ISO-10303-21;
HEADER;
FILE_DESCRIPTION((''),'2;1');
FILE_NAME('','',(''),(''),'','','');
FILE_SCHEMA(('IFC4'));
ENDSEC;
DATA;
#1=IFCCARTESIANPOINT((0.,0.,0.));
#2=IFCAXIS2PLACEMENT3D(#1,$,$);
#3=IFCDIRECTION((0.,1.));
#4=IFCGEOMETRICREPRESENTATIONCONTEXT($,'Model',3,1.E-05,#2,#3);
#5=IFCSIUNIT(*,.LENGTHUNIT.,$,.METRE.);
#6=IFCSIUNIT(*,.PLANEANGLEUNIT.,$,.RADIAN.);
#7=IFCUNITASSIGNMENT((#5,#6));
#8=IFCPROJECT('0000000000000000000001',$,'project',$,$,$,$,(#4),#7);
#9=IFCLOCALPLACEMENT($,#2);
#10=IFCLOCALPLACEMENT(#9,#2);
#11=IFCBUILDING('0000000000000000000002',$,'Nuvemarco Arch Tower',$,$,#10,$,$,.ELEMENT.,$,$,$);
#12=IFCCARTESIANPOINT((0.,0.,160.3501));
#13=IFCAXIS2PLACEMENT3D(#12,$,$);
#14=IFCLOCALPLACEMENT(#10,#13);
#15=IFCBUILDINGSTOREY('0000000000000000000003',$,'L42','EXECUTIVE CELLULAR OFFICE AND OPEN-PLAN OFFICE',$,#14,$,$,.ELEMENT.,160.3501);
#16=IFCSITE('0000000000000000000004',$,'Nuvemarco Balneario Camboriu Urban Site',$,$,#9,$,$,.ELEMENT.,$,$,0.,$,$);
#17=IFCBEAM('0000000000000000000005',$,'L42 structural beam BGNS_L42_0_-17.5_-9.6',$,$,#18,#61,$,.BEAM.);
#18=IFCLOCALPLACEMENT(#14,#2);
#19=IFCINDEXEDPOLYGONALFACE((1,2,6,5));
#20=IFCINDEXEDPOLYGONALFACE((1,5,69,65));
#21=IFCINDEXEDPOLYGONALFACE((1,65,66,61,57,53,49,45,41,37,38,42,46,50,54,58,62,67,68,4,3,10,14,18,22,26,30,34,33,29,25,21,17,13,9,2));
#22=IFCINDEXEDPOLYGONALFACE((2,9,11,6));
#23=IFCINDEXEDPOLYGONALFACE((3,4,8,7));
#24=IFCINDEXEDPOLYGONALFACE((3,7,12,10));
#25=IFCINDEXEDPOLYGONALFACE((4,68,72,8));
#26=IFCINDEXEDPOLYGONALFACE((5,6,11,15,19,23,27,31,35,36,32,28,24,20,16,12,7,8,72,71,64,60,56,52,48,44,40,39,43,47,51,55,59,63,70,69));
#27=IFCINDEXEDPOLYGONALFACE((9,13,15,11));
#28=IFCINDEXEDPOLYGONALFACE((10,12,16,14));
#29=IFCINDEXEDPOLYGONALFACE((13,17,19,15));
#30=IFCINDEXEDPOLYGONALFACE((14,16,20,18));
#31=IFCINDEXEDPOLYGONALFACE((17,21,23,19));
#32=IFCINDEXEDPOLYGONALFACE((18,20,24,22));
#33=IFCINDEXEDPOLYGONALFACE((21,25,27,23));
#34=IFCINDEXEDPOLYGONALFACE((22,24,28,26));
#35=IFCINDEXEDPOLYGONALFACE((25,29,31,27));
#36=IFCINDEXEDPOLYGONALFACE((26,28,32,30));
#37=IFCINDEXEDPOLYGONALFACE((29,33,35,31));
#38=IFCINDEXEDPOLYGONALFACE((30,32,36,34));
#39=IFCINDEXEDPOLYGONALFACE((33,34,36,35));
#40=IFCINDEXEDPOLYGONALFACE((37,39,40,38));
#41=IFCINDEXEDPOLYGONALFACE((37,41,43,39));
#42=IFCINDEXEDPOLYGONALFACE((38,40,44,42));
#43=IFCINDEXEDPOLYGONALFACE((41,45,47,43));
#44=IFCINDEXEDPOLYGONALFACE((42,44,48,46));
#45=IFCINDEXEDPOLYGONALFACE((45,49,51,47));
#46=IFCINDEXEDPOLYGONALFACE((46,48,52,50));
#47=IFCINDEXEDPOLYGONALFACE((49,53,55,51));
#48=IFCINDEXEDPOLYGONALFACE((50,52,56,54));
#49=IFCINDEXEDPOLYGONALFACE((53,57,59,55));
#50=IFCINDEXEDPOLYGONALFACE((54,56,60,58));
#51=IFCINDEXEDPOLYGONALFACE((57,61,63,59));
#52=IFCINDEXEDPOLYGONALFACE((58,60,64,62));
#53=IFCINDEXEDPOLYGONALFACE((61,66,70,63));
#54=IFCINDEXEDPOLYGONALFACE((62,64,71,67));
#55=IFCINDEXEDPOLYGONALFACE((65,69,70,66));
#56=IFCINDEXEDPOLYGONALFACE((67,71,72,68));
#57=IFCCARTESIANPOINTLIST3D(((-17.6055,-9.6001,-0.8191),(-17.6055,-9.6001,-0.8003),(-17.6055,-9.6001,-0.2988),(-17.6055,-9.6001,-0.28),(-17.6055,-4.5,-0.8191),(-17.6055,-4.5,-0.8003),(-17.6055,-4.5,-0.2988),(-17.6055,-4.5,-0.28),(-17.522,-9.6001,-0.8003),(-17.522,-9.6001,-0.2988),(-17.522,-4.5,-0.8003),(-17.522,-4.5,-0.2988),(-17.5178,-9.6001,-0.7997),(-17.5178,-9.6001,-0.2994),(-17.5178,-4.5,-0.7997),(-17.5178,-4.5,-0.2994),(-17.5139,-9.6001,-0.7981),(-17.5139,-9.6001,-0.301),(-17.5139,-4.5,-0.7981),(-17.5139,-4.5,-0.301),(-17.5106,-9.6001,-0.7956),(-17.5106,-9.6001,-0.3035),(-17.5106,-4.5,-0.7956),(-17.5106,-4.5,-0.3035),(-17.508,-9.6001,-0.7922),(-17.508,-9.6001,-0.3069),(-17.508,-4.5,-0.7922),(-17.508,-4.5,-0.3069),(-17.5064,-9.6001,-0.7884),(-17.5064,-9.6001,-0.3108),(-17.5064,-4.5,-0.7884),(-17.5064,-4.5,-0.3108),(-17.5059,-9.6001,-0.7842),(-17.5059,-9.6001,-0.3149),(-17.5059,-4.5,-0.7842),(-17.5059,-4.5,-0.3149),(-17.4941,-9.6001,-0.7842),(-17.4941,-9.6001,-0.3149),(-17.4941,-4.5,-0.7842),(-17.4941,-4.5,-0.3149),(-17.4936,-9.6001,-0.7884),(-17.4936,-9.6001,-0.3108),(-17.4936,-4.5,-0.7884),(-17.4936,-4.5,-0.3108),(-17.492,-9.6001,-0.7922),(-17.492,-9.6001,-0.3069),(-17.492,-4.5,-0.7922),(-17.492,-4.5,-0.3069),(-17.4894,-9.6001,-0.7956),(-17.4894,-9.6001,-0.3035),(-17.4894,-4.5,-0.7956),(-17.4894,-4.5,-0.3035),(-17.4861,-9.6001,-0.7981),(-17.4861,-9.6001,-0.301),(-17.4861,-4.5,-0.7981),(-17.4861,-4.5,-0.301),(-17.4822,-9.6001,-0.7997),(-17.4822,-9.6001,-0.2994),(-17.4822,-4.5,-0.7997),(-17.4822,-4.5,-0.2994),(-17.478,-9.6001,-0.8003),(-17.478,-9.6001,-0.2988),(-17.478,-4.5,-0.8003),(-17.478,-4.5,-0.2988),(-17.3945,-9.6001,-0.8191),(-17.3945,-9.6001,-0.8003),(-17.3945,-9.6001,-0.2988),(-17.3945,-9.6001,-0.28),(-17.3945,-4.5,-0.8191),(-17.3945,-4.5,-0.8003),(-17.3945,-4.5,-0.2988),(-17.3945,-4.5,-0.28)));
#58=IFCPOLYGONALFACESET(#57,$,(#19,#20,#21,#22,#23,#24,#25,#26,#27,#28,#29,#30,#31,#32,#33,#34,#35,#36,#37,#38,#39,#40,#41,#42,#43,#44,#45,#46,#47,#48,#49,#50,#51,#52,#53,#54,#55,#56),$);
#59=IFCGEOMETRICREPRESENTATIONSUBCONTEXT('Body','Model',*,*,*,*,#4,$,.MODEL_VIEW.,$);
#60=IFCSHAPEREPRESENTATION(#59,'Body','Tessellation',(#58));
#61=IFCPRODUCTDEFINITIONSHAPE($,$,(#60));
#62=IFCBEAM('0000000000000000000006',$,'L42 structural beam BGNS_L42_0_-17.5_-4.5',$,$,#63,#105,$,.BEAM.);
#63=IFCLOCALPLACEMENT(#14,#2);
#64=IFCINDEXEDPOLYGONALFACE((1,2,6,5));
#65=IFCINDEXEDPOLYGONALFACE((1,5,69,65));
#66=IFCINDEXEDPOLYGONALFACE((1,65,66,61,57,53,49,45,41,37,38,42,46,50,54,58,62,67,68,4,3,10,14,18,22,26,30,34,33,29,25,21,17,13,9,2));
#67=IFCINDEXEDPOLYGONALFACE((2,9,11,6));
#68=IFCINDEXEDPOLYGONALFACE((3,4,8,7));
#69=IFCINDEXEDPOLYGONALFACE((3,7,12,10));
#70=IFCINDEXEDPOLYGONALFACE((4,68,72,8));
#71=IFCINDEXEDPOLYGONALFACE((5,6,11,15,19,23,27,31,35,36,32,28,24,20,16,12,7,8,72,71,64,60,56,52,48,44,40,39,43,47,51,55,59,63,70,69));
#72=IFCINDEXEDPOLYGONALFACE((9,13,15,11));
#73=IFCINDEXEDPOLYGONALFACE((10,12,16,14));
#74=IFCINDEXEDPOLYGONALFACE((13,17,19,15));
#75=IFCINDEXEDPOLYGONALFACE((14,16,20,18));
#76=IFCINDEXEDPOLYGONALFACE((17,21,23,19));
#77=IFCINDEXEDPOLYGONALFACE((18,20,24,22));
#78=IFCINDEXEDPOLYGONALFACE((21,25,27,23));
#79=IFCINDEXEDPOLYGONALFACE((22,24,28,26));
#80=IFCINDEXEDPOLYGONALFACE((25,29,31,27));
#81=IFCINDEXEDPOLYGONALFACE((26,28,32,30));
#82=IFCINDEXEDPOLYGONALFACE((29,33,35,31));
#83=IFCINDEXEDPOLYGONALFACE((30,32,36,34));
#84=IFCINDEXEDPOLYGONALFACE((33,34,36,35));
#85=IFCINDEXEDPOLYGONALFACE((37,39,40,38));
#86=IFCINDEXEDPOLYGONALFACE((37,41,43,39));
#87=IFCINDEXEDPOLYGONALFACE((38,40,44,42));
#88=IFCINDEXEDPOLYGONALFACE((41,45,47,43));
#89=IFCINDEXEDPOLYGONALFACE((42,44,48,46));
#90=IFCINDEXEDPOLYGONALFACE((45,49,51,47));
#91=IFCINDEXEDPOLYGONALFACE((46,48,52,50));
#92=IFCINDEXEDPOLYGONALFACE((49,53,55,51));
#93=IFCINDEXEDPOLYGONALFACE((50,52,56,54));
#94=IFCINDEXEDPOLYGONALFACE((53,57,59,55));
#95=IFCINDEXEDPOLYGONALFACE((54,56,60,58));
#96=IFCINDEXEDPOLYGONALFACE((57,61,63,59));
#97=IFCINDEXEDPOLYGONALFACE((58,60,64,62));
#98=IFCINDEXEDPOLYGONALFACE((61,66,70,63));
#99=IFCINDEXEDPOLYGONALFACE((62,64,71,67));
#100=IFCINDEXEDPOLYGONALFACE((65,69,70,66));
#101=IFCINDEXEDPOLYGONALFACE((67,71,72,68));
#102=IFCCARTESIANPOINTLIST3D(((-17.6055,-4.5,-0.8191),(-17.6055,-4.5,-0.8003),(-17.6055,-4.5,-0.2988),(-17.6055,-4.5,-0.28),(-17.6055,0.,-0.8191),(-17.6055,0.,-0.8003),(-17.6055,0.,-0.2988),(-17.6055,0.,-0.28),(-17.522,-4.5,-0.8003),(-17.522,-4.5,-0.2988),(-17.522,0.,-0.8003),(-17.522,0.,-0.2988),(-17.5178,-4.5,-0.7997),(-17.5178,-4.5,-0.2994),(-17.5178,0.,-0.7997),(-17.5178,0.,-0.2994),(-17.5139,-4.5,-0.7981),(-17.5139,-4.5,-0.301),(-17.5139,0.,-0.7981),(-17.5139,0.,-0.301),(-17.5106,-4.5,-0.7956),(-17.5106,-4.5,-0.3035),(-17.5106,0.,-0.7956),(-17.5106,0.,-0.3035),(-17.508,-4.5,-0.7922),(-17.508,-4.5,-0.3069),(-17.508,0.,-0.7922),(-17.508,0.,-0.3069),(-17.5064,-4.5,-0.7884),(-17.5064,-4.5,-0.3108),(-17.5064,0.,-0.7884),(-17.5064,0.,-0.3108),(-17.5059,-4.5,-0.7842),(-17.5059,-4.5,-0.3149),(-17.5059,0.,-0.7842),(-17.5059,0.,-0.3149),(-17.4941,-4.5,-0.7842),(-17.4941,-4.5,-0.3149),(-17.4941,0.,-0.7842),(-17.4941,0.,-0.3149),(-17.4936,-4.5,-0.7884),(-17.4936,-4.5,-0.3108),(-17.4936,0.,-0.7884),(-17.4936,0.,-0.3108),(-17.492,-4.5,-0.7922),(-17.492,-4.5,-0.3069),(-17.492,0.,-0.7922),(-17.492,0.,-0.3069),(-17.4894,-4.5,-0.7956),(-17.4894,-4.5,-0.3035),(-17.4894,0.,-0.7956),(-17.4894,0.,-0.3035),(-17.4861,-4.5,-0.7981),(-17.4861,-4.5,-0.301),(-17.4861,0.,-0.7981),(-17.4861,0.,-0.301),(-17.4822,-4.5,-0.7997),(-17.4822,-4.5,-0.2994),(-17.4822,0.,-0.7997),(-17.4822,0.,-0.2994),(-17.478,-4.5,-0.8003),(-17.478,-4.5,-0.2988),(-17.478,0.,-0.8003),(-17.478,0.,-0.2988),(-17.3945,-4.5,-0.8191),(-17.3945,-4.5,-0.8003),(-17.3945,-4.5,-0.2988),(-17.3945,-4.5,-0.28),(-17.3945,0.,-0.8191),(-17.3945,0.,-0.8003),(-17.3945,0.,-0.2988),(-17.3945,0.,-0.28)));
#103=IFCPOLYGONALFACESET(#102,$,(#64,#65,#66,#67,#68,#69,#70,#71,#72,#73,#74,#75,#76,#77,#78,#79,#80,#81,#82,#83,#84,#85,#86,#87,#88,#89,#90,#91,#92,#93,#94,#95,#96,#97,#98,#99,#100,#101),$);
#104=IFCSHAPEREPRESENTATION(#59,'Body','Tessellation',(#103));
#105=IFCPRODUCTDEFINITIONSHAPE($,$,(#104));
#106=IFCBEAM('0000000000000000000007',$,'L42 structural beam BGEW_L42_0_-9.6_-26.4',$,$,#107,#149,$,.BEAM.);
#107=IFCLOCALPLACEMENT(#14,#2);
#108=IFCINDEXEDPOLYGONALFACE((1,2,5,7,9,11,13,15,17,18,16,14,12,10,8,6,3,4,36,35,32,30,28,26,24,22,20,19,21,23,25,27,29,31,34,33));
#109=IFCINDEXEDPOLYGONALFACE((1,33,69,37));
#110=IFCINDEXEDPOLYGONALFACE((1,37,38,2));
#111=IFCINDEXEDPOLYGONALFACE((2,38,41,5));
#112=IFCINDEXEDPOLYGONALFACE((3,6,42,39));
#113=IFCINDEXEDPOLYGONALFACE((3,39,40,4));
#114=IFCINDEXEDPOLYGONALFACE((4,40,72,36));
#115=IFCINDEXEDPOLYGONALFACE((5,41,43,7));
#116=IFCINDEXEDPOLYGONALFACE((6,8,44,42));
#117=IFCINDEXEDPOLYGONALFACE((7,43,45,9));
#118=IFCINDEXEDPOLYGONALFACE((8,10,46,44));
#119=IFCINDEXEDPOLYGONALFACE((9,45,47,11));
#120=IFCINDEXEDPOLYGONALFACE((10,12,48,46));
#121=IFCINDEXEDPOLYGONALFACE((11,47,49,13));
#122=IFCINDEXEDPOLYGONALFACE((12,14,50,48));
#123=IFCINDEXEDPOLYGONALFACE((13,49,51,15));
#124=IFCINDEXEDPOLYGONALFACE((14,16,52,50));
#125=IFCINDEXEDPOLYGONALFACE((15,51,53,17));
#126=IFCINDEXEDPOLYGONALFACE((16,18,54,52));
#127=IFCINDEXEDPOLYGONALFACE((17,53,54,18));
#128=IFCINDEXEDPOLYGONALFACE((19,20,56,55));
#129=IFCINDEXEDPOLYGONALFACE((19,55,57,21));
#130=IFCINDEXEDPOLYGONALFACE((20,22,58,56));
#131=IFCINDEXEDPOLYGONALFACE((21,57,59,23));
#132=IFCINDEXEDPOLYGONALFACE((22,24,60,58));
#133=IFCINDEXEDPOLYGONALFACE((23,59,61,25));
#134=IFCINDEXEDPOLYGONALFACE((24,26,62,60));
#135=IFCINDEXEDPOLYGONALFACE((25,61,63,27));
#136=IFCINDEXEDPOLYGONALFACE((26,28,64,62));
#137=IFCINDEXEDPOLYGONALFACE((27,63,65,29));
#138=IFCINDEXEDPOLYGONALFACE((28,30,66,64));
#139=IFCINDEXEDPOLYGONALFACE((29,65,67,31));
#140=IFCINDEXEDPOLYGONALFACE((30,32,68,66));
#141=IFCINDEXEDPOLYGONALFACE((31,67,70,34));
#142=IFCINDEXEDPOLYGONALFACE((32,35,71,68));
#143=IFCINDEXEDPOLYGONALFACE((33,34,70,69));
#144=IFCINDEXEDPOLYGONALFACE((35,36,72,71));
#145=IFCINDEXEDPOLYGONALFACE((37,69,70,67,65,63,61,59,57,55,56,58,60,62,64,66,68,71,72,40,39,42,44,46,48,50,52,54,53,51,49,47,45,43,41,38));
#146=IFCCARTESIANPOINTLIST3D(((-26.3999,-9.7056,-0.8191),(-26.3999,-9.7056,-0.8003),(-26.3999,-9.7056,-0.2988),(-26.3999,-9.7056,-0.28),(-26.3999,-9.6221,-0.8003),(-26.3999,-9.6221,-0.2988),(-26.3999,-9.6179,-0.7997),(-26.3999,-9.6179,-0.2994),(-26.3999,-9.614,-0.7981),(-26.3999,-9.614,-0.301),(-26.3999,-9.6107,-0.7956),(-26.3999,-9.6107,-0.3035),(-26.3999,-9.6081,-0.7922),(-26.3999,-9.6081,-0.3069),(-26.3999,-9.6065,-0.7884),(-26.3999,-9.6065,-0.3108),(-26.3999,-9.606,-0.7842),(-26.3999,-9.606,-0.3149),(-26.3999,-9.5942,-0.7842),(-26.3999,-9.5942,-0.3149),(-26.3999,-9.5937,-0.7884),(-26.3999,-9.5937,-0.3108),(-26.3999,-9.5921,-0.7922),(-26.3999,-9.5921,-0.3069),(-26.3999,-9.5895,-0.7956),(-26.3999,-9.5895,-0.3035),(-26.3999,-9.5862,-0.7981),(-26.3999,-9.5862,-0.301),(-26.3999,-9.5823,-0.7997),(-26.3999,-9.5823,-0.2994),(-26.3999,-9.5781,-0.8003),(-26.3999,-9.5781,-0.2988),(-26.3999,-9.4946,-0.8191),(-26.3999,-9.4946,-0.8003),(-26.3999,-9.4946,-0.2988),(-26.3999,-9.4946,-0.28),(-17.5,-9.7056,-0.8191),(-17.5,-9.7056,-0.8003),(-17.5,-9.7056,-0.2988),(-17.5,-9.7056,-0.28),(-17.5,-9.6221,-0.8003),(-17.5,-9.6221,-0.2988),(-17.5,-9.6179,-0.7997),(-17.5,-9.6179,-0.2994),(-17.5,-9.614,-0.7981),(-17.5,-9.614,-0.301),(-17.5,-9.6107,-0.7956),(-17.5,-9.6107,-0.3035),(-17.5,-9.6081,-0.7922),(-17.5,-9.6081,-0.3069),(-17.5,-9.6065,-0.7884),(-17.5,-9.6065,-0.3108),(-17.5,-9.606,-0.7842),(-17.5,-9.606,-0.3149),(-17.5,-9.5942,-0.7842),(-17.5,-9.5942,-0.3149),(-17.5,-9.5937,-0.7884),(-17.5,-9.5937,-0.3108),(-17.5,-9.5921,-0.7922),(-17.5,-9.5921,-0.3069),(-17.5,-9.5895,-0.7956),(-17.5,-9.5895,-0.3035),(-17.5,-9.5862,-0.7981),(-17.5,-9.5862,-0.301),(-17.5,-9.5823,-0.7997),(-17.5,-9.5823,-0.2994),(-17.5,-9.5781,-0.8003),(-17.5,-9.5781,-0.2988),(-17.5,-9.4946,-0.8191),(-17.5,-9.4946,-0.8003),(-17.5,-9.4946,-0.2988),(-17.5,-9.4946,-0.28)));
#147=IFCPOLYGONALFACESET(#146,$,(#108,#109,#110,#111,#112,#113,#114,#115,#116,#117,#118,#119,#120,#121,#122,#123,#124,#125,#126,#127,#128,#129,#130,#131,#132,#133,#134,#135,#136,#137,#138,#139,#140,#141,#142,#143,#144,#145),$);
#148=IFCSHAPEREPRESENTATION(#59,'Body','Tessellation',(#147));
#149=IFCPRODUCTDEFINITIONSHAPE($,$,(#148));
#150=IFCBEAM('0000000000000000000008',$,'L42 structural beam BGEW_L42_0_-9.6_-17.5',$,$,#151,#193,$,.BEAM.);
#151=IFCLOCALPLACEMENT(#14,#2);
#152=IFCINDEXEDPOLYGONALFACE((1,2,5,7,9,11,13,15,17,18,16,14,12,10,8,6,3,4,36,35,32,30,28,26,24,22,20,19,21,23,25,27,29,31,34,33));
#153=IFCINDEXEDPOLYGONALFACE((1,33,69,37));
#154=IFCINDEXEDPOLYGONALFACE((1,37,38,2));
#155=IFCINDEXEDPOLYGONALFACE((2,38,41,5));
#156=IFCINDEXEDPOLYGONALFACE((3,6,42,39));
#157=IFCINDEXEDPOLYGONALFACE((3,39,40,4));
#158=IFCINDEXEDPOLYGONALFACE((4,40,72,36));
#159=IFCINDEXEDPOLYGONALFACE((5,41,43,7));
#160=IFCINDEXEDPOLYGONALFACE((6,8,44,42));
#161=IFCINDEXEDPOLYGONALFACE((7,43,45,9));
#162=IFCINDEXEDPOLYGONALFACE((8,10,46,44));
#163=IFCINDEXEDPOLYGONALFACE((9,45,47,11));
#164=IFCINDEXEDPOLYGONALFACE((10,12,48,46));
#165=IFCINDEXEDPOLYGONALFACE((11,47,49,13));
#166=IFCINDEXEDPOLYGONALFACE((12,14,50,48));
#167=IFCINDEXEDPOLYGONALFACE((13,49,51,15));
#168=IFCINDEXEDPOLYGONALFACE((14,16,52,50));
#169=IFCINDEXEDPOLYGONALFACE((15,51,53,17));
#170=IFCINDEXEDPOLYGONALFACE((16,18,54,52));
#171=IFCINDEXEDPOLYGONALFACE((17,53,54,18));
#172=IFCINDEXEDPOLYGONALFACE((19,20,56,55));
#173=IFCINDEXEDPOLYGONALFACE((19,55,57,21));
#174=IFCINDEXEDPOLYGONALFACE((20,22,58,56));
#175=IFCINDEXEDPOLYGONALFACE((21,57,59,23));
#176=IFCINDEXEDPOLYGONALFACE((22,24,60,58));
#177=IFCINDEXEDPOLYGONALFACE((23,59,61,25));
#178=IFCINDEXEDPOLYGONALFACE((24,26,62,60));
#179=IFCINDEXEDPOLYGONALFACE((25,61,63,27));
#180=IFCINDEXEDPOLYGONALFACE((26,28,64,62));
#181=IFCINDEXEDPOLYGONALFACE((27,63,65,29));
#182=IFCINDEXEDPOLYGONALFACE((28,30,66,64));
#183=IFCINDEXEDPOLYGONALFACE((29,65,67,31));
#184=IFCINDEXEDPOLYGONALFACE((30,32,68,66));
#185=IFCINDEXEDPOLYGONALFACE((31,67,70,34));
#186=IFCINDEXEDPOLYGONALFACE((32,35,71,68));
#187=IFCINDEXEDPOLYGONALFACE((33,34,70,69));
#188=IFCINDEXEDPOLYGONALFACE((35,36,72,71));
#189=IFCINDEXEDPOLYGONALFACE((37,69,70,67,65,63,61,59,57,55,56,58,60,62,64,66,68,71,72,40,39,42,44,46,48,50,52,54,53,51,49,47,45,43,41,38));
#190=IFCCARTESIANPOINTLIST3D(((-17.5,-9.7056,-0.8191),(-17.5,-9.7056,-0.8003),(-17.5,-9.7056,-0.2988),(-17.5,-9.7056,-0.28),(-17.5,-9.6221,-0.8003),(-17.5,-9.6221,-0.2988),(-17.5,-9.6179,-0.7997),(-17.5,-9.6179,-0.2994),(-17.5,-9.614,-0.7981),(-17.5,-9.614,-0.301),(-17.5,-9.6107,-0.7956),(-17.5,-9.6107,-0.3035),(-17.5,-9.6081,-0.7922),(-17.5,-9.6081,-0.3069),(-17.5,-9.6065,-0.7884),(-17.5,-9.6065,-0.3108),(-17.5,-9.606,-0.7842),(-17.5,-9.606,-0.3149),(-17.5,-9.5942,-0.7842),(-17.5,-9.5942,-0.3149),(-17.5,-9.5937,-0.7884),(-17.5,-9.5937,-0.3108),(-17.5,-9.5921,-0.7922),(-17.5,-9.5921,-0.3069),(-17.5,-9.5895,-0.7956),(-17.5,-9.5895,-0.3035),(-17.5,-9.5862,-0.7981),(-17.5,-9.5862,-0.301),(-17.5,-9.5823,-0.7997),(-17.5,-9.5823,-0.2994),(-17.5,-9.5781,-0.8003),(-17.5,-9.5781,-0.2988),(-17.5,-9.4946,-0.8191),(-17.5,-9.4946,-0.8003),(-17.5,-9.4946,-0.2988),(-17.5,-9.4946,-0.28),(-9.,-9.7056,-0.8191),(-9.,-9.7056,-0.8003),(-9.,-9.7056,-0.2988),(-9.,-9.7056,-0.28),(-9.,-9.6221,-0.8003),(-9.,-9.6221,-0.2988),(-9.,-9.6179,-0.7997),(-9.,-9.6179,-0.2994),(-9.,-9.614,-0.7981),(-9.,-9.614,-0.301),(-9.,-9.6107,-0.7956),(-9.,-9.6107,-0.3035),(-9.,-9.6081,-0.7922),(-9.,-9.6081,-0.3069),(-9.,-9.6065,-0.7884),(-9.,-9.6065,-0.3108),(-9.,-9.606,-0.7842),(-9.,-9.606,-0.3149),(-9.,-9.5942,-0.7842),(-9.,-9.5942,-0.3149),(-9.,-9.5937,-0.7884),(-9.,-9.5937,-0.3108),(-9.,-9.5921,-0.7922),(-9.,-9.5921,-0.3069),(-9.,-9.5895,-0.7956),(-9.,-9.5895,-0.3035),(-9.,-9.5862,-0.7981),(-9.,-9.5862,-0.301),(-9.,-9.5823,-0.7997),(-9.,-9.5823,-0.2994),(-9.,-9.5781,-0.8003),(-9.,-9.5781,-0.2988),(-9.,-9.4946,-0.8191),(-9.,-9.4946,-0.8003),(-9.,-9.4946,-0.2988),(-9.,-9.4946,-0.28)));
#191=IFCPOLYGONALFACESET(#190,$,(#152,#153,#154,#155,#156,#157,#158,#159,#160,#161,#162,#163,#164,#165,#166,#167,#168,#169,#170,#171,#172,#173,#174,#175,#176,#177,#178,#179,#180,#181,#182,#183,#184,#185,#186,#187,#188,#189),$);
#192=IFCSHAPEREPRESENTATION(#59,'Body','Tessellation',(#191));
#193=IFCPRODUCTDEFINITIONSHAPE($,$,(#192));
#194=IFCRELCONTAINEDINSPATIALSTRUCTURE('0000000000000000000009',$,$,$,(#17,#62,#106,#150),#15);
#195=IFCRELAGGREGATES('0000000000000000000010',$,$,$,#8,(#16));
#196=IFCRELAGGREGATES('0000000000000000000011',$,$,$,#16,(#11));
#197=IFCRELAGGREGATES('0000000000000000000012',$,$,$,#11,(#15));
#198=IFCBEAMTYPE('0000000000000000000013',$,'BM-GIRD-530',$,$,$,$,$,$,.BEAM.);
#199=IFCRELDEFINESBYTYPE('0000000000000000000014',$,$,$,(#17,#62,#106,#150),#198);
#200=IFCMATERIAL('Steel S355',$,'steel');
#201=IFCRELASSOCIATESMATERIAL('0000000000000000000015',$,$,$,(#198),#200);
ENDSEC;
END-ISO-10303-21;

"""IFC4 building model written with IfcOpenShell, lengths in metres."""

from ifc_helpers import new_model, si_unit, direction, frame, origin, origin_2d, place, context, subcontext, project, spatial, i_section, extrude, material, material_profile, profile_set, type_object, element, save


model = new_model("IFC4")

# Units and contexts
model_context = context("Model", 3, precision=1e-05, world=origin(), true_north=direction((0.0, 1.0)))
body_context = subcontext(model_context, "Body", "Model", "MODEL_VIEW")
ifc_project = project(units=[si_unit("LENGTHUNIT", "METRE"), si_unit("PLANEANGLEUNIT", "RADIAN")], contexts=[model_context])

# Site, building, storey
site_placement = place(None, origin())
site = spatial("IfcSite", under=ifc_project, at=site_placement, Name="Nuvemarco Balneario Camboriu Urban Site", CompositionType="ELEMENT", RefElevation=0.0)
building_placement = place(site_placement, origin())
building = spatial("IfcBuilding", under=site, at=building_placement, Name="Nuvemarco Arch Tower", CompositionType="ELEMENT")
storey_placement = place(building_placement, frame((0.0, 0.0, 160.3501)))
storey = spatial("IfcBuildingStorey", under=building, at=storey_placement, Name="L42", Description="EXECUTIVE CELLULAR OFFICE AND OPEN-PLAN OFFICE", CompositionType="ELEMENT", Elevation=160.3501)

# Shared definitions
ifc_material_1 = material(Name="Steel S355", Category="steel")

# Beams
ifc_material_profile_1 = material_profile(ifc_material_1, i_section(OverallWidth=0.2109, OverallDepth=0.5391, WebThickness=0.0117, FlangeThickness=0.0188, FilletRadius=0.0161, at=origin_2d()), Name="W530x109")
ifc_profile_set_1 = profile_set([ifc_material_profile_1], Name="Steel S355")
beam_type_1 = type_object("IfcBeamType", Name="BM-GIRD-530", PredefinedType="BEAM", material=ifc_profile_set_1)
beam_1_placement = place(storey_placement, frame((-17.5, -9.6001, -0.5496), z_axis=(0.0, 1.0, 0.0), x_axis=(-1.0, 0.0, 0.0)))
element("IfcBeam", 1, at=beam_1_placement, inside=storey, type_object=beam_type_1, Name="L42 structural beam BGNS_L42_0_-17.5_-9.6", PredefinedType="BEAM", context=body_context, shape_type="SweptSolid", body=[
    extrude(i_section(OverallWidth=0.2109, OverallDepth=0.5391, WebThickness=0.0117, FlangeThickness=0.0188, FilletRadius=0.0161, at=origin_2d()), origin(), (0.0, 0.0, 1.0), 5.1001),
])
beam_2_placement = place(storey_placement, frame((-17.5, -4.5, -0.5496), z_axis=(0.0, 1.0, 0.0), x_axis=(-1.0, 0.0, 0.0)))
element("IfcBeam", 2, at=beam_2_placement, inside=storey, type_object=beam_type_1, Name="L42 structural beam BGNS_L42_0_-17.5_-4.5", PredefinedType="BEAM", context=body_context, shape_type="SweptSolid", body=[
    extrude(i_section(OverallWidth=0.2109, OverallDepth=0.5391, WebThickness=0.0117, FlangeThickness=0.0188, FilletRadius=0.0161, at=origin_2d()), origin(), (0.0, 0.0, 1.0), 4.5),
])
beam_3_placement = place(storey_placement, frame((-26.3999, -9.6001, -0.5496), z_axis=(1.0, 0.0, 0.0), x_axis=(0.0, 1.0, 0.0)))
element("IfcBeam", 3, at=beam_3_placement, inside=storey, type_object=beam_type_1, Name="L42 structural beam BGEW_L42_0_-9.6_-26.4", PredefinedType="BEAM", context=body_context, shape_type="SweptSolid", body=[
    extrude(i_section(OverallWidth=0.2109, OverallDepth=0.5391, WebThickness=0.0117, FlangeThickness=0.0188, FilletRadius=0.0161, at=origin_2d()), origin(), (0.0, 0.0, 1.0), 8.8999),
])
beam_4_placement = place(storey_placement, frame((-17.5, -9.6001, -0.5496), z_axis=(1.0, 0.0, 0.0), x_axis=(0.0, 1.0, 0.0)))
element("IfcBeam", 4, at=beam_4_placement, inside=storey, type_object=beam_type_1, Name="L42 structural beam BGEW_L42_0_-9.6_-17.5", PredefinedType="BEAM", context=body_context, shape_type="SweptSolid", body=[
    extrude(i_section(OverallWidth=0.2109, OverallDepth=0.5391, WebThickness=0.0117, FlangeThickness=0.0188, FilletRadius=0.0161, at=origin_2d()), origin(), (0.0, 0.0, 1.0), 8.5),
])

save(model, "model.ifc")
